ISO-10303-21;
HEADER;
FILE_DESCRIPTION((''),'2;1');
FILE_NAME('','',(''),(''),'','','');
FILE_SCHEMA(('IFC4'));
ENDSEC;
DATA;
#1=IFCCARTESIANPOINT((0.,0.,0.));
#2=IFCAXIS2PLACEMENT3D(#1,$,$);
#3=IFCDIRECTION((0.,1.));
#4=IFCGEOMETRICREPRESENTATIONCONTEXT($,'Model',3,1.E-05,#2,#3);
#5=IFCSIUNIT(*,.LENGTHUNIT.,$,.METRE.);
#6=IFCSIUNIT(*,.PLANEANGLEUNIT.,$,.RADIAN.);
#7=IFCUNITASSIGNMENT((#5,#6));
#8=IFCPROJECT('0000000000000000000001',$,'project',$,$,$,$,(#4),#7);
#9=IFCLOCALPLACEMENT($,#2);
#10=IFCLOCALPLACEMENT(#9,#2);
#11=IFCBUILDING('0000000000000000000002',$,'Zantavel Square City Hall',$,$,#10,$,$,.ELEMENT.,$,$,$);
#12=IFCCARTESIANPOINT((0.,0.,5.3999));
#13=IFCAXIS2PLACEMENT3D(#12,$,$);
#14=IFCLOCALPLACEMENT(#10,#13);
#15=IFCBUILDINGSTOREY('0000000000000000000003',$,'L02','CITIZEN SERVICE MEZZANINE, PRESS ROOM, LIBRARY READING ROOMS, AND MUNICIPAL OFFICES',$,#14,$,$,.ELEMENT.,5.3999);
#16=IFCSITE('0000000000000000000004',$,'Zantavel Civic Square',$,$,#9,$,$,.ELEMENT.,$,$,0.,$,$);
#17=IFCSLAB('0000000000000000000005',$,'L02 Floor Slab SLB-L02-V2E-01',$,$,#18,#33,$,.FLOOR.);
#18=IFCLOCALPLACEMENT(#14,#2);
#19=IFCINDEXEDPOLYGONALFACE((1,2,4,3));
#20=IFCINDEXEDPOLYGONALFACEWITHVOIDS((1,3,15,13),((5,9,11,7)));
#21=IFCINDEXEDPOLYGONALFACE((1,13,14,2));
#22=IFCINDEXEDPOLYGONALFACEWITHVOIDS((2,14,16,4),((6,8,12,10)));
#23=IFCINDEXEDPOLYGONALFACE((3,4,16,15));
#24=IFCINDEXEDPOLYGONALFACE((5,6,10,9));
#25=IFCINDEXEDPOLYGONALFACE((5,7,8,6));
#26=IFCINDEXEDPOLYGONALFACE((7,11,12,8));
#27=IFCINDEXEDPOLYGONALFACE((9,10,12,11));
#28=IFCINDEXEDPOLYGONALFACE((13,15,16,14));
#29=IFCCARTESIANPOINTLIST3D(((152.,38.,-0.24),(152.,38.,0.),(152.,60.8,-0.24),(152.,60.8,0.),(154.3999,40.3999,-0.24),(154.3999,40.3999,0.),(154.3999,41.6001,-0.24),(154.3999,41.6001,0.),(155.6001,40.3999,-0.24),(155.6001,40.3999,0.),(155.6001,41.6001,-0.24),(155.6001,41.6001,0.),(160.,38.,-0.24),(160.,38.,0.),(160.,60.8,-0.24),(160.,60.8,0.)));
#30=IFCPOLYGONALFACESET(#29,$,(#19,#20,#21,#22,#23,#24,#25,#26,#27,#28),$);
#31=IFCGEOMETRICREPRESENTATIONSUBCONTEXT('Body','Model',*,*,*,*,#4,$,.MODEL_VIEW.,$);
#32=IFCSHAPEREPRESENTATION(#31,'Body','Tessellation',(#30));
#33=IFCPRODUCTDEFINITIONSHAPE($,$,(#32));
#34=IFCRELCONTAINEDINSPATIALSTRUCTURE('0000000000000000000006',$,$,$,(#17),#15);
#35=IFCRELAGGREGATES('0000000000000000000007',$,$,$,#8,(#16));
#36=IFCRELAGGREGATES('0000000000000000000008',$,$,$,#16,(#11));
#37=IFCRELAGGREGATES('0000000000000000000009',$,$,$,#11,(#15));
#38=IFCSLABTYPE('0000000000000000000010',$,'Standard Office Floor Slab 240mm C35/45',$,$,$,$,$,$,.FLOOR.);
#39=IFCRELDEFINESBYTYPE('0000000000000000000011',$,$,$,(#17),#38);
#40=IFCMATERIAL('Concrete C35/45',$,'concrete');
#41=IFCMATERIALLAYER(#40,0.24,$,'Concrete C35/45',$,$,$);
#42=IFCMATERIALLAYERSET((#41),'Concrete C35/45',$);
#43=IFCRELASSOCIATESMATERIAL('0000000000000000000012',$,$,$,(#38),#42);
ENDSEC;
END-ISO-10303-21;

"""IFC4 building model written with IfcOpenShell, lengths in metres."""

from ifc_helpers import new_model, si_unit, direction, frame, origin, place, context, subcontext, project, spatial, polyline, outline, extrude, material, layer, layer_set, type_object, element, save


model = new_model("IFC4")

# Units and contexts
model_context = context("Model", 3, precision=1e-05, world=origin(), true_north=direction((0.0, 1.0)))
body_context = subcontext(model_context, "Body", "Model", "MODEL_VIEW")
ifc_project = project(units=[si_unit("LENGTHUNIT", "METRE"), si_unit("PLANEANGLEUNIT", "RADIAN")], contexts=[model_context])

# Site, building, storey
site_placement = place(None, origin())
site = spatial("IfcSite", under=ifc_project, at=site_placement, Name="Zantavel Civic Square", CompositionType="ELEMENT", RefElevation=0.0)
building_placement = place(site_placement, origin())
building = spatial("IfcBuilding", under=site, at=building_placement, Name="Zantavel Square City Hall", CompositionType="ELEMENT")
storey_placement = place(building_placement, frame((0.0, 0.0, 5.3999)))
storey = spatial("IfcBuildingStorey", under=building, at=storey_placement, Name="L02", Description="CITIZEN SERVICE MEZZANINE, PRESS ROOM, LIBRARY READING ROOMS, AND MUNICIPAL OFFICES", CompositionType="ELEMENT", Elevation=5.3999)

# Slab
ifc_material_1 = material(Name="Concrete C35/45", Category="concrete")
ifc_layer_1 = layer(ifc_material_1, 0.24, Name="Concrete C35/45")
ifc_layer_set_1 = layer_set([ifc_layer_1], Name="Concrete C35/45")
slab_type_1 = type_object("IfcSlabType", Name="Standard Office Floor Slab 240mm C35/45", PredefinedType="FLOOR", material=ifc_layer_set_1)
slab_1_placement = place(storey_placement, frame((0.0, 0.0, -0.24)))
element("IfcSlab", 1, at=slab_1_placement, inside=storey, type_object=slab_type_1, Name="L02 Floor Slab SLB-L02-V2E-01", PredefinedType="FLOOR", context=body_context, shape_type="SweptSolid", body=[
    extrude(outline(polyline([(160.0, 60.8), (160.0, 38.0), (152.0, 38.0), (152.0, 60.8), (160.0, 60.8)]), holes=[polyline([(155.6001, 41.6001), (154.3999, 41.6001), (154.3999, 40.3999), (155.6001, 40.3999), (155.6001, 41.6001)])]), origin(), (0.0, 0.0, 1.0), 0.24),
])

save(model, "model.ifc")
